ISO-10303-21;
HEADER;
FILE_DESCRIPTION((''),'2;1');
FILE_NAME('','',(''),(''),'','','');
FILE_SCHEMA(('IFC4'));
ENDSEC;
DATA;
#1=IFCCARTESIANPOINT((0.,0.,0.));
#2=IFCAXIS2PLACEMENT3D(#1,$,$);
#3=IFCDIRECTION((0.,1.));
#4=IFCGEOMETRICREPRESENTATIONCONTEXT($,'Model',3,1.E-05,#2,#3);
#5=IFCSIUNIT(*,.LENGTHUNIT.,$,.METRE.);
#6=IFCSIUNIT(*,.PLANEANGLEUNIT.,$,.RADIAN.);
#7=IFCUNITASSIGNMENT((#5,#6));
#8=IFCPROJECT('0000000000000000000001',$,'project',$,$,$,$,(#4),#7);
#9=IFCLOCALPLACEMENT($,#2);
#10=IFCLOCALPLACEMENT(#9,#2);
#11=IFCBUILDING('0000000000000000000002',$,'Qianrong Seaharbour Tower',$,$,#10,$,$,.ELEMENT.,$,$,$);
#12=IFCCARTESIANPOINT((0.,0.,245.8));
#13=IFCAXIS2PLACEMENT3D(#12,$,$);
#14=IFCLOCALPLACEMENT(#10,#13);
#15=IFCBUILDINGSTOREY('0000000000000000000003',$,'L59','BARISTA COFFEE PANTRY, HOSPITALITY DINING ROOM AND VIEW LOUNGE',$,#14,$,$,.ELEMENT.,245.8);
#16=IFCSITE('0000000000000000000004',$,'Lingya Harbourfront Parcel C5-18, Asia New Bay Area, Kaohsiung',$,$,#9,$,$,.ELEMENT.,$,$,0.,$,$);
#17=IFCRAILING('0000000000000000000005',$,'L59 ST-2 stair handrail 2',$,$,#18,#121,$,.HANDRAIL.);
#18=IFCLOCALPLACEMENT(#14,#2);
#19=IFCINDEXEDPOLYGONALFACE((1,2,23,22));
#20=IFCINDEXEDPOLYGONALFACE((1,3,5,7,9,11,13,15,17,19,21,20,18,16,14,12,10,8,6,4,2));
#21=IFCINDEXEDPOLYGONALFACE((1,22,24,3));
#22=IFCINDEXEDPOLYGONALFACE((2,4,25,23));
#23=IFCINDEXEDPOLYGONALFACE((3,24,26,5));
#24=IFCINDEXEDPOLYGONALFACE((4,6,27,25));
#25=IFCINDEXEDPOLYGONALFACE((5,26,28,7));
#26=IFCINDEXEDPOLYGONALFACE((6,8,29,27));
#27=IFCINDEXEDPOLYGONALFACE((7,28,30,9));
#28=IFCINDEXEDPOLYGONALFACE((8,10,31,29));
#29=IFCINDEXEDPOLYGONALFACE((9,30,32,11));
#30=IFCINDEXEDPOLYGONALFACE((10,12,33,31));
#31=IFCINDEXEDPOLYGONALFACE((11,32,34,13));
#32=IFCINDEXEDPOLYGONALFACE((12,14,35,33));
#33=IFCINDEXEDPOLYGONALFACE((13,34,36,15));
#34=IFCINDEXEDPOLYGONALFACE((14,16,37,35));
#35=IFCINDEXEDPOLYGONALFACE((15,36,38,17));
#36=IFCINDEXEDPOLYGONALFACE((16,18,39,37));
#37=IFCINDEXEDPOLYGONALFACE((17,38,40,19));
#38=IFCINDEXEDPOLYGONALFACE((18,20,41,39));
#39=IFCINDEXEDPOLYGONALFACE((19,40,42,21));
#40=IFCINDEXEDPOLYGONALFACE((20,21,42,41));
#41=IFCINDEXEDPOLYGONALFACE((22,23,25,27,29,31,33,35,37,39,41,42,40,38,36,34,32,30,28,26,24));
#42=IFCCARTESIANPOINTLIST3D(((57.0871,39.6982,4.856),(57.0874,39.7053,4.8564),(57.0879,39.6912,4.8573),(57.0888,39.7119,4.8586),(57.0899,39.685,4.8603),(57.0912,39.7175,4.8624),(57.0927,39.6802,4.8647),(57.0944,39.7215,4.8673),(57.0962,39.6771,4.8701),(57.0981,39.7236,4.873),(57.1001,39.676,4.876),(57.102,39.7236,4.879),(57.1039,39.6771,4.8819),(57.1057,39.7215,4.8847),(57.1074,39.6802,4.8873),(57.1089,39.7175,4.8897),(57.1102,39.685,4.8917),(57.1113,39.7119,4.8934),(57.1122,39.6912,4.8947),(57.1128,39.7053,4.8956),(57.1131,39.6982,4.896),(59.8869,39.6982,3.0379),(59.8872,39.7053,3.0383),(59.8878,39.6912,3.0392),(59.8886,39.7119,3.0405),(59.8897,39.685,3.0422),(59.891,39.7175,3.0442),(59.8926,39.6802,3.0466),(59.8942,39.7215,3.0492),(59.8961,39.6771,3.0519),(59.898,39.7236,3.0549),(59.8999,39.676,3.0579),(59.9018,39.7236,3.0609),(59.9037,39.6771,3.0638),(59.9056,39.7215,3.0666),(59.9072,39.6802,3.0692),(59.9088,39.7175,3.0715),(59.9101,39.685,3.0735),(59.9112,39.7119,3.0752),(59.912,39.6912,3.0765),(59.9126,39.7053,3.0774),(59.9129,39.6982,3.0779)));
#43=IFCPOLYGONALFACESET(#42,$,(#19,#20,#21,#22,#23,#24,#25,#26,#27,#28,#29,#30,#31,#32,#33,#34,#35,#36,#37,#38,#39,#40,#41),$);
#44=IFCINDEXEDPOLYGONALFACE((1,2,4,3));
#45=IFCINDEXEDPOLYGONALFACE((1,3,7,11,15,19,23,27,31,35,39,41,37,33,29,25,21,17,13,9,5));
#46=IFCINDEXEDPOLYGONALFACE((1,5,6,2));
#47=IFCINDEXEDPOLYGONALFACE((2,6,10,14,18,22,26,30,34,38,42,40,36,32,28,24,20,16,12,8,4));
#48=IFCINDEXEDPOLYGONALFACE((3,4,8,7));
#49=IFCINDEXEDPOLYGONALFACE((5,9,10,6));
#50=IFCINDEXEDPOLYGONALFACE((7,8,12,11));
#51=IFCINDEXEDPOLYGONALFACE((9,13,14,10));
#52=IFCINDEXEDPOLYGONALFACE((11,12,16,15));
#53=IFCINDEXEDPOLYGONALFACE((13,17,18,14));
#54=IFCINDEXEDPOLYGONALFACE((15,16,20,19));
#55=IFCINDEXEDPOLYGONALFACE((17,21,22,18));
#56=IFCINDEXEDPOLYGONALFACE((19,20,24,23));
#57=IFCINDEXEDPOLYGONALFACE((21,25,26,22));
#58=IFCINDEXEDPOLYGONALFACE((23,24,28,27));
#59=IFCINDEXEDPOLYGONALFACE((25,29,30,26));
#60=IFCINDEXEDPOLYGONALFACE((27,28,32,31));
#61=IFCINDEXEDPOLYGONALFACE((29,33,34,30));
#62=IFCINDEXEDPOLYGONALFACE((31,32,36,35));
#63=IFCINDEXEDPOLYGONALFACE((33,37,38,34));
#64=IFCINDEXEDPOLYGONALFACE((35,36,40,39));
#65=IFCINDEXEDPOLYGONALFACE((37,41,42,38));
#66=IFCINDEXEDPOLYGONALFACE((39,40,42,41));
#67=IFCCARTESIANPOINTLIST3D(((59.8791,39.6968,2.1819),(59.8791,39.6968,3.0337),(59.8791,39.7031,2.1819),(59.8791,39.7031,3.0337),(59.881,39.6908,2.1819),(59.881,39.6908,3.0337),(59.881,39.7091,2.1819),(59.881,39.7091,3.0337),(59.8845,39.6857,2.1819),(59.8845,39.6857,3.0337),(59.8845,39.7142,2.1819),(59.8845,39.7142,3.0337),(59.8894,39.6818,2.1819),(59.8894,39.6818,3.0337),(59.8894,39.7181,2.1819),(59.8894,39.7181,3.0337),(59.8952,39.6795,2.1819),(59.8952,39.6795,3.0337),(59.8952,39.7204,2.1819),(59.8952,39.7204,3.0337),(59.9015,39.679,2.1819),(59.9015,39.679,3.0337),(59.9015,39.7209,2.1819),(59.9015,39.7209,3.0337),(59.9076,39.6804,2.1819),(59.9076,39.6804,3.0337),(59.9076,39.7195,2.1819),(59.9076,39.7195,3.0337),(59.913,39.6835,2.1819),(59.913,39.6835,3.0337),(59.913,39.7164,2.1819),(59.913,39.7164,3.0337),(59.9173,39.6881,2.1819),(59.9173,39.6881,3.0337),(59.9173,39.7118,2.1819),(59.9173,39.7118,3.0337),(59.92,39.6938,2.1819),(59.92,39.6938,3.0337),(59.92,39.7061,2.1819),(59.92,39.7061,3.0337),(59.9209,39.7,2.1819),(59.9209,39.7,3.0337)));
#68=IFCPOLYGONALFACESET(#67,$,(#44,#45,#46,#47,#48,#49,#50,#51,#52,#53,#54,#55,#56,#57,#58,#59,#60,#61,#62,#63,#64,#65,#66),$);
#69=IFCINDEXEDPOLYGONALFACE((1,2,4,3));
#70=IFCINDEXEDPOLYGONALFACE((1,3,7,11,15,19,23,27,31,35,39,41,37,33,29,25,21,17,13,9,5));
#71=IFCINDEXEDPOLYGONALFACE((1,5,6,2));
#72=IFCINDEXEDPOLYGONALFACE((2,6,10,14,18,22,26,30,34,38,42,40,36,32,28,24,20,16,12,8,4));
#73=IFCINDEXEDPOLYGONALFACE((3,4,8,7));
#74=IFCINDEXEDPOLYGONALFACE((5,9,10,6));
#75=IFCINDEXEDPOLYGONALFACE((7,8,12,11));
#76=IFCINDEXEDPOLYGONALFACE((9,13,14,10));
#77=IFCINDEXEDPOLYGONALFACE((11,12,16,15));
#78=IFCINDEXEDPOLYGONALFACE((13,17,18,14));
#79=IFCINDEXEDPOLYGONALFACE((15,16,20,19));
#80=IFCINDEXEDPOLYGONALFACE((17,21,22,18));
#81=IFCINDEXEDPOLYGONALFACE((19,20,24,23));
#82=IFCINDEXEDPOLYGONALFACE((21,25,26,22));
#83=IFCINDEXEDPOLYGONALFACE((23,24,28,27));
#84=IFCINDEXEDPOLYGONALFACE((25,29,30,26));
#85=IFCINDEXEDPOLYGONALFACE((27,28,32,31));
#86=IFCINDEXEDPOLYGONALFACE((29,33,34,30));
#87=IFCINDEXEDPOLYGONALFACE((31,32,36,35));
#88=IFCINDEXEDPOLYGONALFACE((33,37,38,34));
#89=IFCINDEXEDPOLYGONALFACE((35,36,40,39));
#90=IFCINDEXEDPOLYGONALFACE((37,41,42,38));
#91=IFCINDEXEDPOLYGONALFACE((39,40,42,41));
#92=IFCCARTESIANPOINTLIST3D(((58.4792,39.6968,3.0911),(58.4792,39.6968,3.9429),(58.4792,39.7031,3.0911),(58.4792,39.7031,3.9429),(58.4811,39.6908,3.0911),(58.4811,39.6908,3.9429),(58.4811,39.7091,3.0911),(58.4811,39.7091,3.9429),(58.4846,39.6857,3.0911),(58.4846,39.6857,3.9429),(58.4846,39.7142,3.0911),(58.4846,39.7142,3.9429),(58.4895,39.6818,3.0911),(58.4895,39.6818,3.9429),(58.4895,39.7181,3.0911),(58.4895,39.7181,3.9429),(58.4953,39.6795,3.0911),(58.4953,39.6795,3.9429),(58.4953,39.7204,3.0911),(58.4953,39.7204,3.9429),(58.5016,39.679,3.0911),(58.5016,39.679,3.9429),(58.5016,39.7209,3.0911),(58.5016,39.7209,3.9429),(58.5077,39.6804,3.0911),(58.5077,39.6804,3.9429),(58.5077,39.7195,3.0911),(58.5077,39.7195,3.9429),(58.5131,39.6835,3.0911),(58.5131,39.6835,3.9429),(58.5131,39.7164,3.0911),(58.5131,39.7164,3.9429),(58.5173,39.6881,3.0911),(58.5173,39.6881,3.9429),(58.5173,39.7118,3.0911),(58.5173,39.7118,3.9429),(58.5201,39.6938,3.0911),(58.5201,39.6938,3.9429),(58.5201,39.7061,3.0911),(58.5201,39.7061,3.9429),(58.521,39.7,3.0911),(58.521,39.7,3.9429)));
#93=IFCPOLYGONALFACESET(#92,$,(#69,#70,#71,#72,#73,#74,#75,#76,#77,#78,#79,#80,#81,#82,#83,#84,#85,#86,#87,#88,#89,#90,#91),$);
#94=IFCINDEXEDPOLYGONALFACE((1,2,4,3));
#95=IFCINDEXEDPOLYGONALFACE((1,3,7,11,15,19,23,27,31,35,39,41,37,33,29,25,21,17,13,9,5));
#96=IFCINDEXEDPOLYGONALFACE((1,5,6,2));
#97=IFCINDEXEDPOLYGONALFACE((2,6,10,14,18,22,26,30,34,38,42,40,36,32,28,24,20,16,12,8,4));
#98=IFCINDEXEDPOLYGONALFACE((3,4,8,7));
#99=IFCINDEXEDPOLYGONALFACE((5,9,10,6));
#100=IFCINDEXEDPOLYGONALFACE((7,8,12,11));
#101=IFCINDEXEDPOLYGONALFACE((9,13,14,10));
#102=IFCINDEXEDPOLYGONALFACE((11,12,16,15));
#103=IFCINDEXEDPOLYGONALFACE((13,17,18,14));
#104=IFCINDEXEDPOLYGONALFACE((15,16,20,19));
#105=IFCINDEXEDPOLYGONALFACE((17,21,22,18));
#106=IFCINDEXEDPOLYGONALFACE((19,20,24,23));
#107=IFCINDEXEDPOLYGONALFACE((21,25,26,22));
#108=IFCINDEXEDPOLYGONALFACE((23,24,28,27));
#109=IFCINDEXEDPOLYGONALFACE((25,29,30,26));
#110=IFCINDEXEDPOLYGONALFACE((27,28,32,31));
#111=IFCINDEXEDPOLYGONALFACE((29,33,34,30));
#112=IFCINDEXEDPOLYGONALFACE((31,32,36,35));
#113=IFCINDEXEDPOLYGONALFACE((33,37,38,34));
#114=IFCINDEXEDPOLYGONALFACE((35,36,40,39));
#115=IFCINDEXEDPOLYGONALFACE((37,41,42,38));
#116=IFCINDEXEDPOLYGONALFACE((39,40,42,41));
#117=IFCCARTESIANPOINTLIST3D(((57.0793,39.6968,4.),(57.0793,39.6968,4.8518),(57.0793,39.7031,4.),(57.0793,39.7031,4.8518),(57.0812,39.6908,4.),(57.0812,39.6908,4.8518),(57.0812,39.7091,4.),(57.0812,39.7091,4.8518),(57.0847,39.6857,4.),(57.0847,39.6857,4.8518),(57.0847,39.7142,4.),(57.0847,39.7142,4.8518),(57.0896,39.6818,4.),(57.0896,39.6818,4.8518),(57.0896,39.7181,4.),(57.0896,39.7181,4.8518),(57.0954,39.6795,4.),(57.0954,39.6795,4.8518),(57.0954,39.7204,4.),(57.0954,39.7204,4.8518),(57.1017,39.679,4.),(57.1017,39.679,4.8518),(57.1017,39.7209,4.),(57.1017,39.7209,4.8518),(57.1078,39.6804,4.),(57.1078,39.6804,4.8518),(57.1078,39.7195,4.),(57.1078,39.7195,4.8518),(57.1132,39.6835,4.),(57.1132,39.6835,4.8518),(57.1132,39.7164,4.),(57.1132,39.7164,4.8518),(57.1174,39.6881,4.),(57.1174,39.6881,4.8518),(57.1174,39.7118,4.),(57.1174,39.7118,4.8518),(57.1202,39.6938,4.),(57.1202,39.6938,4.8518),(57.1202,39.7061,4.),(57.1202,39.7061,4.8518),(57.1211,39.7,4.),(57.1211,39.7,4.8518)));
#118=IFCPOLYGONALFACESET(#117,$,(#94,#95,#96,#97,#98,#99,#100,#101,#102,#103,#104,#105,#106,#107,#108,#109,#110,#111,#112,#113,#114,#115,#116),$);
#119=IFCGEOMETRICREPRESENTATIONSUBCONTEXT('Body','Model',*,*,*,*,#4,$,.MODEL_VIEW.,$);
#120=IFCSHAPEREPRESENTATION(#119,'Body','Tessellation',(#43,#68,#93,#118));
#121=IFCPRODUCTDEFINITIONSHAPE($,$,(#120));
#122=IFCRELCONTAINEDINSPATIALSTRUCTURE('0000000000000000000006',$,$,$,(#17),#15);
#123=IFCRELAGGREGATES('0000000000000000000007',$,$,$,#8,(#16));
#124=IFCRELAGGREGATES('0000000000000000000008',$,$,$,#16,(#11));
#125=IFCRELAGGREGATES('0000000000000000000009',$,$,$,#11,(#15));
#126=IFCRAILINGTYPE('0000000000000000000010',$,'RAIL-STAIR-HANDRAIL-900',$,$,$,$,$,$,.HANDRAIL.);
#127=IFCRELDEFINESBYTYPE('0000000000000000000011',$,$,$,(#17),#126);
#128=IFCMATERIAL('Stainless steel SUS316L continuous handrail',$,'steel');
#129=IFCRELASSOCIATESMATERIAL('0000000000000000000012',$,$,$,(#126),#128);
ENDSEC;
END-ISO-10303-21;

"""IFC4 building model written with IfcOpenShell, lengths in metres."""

from ifc_helpers import new_model, si_unit, direction, frame, origin, origin_2d, place, context, subcontext, project, spatial, circle, extrude, material, type_object, element, save


model = new_model("IFC4")

# Units and contexts
model_context = context("Model", 3, precision=1e-05, world=origin(), true_north=direction((0.0, 1.0)))
body_context = subcontext(model_context, "Body", "Model", "MODEL_VIEW")
ifc_project = project(units=[si_unit("LENGTHUNIT", "METRE"), si_unit("PLANEANGLEUNIT", "RADIAN")], contexts=[model_context])

# Site, building, storey
site_placement = place(None, origin())
site = spatial("IfcSite", under=ifc_project, at=site_placement, Name="Lingya Harbourfront Parcel C5-18, Asia New Bay Area, Kaohsiung", CompositionType="ELEMENT", RefElevation=0.0)
building_placement = place(site_placement, origin())
building = spatial("IfcBuilding", under=site, at=building_placement, Name="Qianrong Seaharbour Tower", CompositionType="ELEMENT")
storey_placement = place(building_placement, frame((0.0, 0.0, 245.8)))
storey = spatial("IfcBuildingStorey", under=building, at=storey_placement, Name="L59", Description="BARISTA COFFEE PANTRY, HOSPITALITY DINING ROOM AND VIEW LOUNGE", CompositionType="ELEMENT", Elevation=245.8)

# Railing
ifc_material_1 = material(Name="Stainless steel SUS316L continuous handrail", Category="steel")
railing_type_1 = type_object("IfcRailingType", Name="RAIL-STAIR-HANDRAIL-900", PredefinedType="HANDRAIL", material=ifc_material_1)
railing_1_placement = place(storey_placement, frame((59.8999, 39.7, 2.1819)))
element("IfcRailing", 1, at=railing_1_placement, inside=storey, type_object=railing_type_1, Name="L59 ST-2 stair handrail 2", PredefinedType="HANDRAIL", context=body_context, shape_type="SweptSolid", body=[
    extrude(circle(Radius=0.0239, at=origin_2d()), frame((0.0, 0.0, 0.876), z_axis=(-0.838684, 0.0, 0.544618), x_axis=(0.0, -1.0, 0.0)), (0.0, 0.0, 1.0), 3.3384),
    extrude(circle(Radius=0.021, at=origin_2d()), origin(), (0.0, 0.0, 1.0), 0.8518),
    extrude(circle(Radius=0.021, at=origin_2d()), frame((-1.3999, 0.0, 0.9092)), (0.0, 0.0, 1.0), 0.8518),
    extrude(circle(Radius=0.021, at=origin_2d()), frame((-2.7998, 0.0, 1.8181)), (0.0, 0.0, 1.0), 0.8518),
])

save(model, "model.ifc")
